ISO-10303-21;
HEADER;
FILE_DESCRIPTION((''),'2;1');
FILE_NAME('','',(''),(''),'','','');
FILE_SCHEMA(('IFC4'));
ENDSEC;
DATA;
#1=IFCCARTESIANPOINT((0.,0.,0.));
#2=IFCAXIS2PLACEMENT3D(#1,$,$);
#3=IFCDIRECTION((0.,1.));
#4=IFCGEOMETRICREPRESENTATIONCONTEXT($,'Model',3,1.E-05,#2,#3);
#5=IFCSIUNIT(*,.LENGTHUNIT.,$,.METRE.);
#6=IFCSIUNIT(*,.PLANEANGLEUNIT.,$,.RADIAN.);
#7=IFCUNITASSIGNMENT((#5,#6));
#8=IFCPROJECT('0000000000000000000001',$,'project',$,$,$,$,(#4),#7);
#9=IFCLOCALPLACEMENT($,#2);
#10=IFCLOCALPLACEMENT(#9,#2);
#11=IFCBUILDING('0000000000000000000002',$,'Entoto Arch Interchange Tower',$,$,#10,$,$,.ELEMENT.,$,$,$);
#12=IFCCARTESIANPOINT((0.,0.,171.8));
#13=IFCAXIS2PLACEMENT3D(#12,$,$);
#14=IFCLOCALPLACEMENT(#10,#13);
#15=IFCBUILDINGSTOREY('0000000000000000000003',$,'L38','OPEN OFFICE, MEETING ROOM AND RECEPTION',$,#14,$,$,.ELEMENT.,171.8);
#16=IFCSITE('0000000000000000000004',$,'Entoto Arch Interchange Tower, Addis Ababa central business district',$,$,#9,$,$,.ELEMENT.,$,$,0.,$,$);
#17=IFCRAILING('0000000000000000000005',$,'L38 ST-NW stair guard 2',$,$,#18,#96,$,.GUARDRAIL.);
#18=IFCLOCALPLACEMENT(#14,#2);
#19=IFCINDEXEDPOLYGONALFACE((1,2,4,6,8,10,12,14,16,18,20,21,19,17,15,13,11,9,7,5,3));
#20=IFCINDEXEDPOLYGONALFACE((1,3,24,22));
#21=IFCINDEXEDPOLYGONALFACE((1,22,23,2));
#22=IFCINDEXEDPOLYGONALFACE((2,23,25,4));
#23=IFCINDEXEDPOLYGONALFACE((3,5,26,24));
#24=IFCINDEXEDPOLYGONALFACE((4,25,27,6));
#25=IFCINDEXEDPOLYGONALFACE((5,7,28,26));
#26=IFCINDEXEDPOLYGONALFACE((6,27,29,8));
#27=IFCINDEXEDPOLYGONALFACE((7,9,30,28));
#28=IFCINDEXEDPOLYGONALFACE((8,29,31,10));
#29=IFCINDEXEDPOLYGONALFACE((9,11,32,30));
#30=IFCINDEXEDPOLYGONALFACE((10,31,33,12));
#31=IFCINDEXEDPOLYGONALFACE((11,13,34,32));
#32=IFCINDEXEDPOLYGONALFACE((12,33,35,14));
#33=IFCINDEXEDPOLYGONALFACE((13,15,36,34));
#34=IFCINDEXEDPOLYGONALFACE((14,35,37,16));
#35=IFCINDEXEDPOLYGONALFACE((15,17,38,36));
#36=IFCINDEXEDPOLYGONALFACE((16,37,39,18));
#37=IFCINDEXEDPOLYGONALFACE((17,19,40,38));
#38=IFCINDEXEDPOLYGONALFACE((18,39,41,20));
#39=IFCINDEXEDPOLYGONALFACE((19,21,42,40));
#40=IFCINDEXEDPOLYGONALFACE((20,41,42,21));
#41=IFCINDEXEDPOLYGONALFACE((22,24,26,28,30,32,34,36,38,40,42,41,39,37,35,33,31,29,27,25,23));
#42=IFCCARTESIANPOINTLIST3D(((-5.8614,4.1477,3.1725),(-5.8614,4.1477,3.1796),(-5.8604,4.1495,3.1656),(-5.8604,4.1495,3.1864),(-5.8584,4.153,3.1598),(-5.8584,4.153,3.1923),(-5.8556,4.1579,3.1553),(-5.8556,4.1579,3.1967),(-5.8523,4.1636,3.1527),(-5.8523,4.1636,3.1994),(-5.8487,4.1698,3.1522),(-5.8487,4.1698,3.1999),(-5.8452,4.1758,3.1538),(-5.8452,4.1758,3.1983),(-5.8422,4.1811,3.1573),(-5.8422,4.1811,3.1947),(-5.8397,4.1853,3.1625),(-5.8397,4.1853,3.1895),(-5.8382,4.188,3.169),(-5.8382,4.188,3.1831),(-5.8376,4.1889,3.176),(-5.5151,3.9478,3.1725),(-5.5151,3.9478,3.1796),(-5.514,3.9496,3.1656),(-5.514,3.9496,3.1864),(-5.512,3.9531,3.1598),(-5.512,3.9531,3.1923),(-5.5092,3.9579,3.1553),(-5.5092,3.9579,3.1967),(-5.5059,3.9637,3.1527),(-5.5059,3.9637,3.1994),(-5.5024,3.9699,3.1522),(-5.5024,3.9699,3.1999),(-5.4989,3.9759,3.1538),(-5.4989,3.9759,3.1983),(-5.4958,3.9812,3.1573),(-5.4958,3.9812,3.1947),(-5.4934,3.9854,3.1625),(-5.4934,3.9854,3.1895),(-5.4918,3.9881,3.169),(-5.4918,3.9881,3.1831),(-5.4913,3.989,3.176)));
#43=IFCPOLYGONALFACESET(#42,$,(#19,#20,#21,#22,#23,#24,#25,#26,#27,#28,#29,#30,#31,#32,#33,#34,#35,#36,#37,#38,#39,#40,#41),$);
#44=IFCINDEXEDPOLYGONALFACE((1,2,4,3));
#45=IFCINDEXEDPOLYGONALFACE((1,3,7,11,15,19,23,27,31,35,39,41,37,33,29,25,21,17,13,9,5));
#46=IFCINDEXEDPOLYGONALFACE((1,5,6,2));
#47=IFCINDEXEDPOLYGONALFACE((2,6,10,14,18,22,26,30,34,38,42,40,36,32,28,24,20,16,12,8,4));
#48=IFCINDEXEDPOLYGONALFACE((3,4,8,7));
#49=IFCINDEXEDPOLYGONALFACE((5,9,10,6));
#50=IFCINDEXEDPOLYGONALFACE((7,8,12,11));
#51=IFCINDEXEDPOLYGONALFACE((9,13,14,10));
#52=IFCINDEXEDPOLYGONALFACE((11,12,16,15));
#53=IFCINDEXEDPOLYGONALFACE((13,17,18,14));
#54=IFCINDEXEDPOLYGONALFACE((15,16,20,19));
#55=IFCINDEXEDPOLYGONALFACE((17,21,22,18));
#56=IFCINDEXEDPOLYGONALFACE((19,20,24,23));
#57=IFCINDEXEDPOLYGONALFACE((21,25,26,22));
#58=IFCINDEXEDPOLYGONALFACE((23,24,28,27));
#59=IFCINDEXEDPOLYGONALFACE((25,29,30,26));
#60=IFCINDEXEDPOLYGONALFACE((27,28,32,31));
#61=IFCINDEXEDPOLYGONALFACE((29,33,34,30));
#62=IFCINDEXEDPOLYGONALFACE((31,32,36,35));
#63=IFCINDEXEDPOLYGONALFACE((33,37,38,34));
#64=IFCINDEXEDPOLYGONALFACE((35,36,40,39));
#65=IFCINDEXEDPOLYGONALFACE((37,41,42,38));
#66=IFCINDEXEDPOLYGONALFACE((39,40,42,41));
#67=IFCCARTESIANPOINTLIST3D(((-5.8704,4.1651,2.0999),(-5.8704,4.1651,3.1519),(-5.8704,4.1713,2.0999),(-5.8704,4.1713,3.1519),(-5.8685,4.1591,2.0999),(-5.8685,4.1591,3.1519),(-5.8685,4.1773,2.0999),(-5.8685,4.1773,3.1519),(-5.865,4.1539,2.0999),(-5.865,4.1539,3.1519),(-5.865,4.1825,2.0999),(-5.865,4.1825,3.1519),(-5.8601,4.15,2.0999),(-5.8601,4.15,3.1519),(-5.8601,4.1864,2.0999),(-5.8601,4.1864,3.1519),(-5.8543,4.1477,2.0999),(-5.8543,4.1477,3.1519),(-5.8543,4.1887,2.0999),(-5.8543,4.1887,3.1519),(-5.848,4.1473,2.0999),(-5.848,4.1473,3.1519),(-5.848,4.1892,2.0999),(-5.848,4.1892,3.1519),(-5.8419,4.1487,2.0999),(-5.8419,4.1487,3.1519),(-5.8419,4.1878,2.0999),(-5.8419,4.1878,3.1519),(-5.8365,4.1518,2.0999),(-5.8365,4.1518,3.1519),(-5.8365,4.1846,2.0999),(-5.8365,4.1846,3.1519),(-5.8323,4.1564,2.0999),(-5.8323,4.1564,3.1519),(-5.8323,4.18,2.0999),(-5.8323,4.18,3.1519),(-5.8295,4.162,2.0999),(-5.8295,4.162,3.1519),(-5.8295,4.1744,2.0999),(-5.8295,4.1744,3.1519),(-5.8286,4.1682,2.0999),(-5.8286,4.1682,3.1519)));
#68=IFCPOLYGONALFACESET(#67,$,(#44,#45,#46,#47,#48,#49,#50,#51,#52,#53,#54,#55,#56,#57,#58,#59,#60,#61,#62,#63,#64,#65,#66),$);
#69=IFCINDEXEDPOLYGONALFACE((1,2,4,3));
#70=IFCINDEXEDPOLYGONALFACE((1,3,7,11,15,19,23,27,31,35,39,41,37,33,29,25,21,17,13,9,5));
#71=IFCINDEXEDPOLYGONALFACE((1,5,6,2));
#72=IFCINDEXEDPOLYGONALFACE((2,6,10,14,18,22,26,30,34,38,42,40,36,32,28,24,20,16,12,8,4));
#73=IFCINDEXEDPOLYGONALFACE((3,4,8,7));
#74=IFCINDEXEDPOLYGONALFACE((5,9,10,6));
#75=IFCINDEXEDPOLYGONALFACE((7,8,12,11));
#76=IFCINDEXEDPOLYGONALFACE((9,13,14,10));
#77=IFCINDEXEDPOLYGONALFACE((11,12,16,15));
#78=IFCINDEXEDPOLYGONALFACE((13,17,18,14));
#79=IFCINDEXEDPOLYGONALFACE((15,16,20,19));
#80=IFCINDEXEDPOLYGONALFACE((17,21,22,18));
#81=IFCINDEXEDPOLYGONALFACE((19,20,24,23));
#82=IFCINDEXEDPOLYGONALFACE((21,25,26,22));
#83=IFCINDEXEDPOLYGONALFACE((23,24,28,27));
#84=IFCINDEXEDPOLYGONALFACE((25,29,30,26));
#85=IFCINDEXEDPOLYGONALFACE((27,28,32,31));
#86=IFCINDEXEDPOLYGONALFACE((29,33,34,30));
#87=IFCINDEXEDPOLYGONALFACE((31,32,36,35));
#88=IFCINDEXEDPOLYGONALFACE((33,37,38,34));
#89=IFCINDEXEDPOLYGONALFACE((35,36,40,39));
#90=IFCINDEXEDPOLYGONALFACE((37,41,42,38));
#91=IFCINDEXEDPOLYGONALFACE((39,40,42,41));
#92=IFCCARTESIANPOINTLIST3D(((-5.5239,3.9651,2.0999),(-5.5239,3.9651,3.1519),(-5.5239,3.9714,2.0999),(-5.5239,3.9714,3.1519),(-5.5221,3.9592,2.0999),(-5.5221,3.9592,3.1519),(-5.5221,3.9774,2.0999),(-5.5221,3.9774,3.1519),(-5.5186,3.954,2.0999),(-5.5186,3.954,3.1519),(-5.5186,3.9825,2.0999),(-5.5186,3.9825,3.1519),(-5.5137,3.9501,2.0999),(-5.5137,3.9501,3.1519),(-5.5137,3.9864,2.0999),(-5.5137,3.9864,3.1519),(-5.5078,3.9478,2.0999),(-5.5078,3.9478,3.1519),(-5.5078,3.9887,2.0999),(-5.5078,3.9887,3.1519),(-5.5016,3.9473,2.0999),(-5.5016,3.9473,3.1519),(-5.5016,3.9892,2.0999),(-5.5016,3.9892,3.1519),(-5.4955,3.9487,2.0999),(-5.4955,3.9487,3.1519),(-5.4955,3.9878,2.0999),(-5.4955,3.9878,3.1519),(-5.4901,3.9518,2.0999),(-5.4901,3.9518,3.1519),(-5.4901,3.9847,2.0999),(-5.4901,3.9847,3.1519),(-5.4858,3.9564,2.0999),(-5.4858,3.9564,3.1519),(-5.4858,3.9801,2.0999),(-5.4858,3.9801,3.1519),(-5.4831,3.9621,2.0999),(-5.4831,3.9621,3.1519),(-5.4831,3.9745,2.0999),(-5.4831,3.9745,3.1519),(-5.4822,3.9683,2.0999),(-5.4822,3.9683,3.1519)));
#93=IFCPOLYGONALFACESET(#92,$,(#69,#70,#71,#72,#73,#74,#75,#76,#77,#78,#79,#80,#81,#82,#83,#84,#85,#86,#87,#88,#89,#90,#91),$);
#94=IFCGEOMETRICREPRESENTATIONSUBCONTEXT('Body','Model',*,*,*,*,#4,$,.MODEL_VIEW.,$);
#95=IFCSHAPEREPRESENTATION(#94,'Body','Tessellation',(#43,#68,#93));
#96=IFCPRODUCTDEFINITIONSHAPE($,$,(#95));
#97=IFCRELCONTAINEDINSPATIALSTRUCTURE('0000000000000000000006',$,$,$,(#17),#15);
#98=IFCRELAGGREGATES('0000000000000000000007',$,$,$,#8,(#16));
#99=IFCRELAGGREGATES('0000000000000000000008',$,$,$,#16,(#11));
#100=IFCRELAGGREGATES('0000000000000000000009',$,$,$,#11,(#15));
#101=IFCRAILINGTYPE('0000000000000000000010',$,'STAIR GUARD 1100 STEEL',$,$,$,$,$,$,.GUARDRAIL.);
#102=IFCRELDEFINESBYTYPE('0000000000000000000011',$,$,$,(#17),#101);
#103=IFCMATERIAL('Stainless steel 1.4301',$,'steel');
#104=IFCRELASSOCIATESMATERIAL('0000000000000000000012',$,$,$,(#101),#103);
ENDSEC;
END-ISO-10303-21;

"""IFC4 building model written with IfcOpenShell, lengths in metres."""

from ifc_helpers import new_model, si_unit, direction, frame, origin, origin_2d, place, context, subcontext, project, spatial, circle, extrude, material, type_object, element, save


model = new_model("IFC4")

# Units and contexts
model_context = context("Model", 3, precision=1e-05, world=origin(), true_north=direction((0.0, 1.0)))
body_context = subcontext(model_context, "Body", "Model", "MODEL_VIEW")
ifc_project = project(units=[si_unit("LENGTHUNIT", "METRE"), si_unit("PLANEANGLEUNIT", "RADIAN")], contexts=[model_context])

# Site, building, storey
site_placement = place(None, origin())
site = spatial("IfcSite", under=ifc_project, at=site_placement, Name="Entoto Arch Interchange Tower, Addis Ababa central business district", CompositionType="ELEMENT", RefElevation=0.0)
building_placement = place(site_placement, origin())
building = spatial("IfcBuilding", under=site, at=building_placement, Name="Entoto Arch Interchange Tower", CompositionType="ELEMENT")
storey_placement = place(building_placement, frame((0.0, 0.0, 171.8)))
storey = spatial("IfcBuildingStorey", under=building, at=storey_placement, Name="L38", Description="OPEN OFFICE, MEETING ROOM AND RECEPTION", CompositionType="ELEMENT", Elevation=171.8)

# Railing
ifc_material_1 = material(Name="Stainless steel 1.4301", Category="steel")
railing_type_1 = type_object("IfcRailingType", Name="STAIR GUARD 1100 STEEL", PredefinedType="GUARDRAIL", material=ifc_material_1)
railing_1_placement = place(storey_placement, frame((-5.8496, 4.1682, 2.0999)))
element("IfcRailing", 1, at=railing_1_placement, inside=storey, type_object=railing_type_1, Name="L38 ST-NW stair guard 2", PredefinedType="GUARDRAIL", context=body_context, shape_type="SweptSolid", body=[
    extrude(circle(Radius=0.0239, at=origin_2d()), frame((0.0, 0.0, 1.0762), z_axis=(0.866094, -0.499881, 0.0), x_axis=(0.499881, 0.866094, 0.0)), (0.0, 0.0, 1.0), 0.3999),
    extrude(circle(Radius=0.021, at=origin_2d()), origin(), (0.0, 0.0, 1.0), 1.052),
    extrude(circle(Radius=0.021, at=origin_2d()), frame((0.3464, -0.2, 0.0)), (0.0, 0.0, 1.0), 1.052),
])

save(model, "model.ifc")
